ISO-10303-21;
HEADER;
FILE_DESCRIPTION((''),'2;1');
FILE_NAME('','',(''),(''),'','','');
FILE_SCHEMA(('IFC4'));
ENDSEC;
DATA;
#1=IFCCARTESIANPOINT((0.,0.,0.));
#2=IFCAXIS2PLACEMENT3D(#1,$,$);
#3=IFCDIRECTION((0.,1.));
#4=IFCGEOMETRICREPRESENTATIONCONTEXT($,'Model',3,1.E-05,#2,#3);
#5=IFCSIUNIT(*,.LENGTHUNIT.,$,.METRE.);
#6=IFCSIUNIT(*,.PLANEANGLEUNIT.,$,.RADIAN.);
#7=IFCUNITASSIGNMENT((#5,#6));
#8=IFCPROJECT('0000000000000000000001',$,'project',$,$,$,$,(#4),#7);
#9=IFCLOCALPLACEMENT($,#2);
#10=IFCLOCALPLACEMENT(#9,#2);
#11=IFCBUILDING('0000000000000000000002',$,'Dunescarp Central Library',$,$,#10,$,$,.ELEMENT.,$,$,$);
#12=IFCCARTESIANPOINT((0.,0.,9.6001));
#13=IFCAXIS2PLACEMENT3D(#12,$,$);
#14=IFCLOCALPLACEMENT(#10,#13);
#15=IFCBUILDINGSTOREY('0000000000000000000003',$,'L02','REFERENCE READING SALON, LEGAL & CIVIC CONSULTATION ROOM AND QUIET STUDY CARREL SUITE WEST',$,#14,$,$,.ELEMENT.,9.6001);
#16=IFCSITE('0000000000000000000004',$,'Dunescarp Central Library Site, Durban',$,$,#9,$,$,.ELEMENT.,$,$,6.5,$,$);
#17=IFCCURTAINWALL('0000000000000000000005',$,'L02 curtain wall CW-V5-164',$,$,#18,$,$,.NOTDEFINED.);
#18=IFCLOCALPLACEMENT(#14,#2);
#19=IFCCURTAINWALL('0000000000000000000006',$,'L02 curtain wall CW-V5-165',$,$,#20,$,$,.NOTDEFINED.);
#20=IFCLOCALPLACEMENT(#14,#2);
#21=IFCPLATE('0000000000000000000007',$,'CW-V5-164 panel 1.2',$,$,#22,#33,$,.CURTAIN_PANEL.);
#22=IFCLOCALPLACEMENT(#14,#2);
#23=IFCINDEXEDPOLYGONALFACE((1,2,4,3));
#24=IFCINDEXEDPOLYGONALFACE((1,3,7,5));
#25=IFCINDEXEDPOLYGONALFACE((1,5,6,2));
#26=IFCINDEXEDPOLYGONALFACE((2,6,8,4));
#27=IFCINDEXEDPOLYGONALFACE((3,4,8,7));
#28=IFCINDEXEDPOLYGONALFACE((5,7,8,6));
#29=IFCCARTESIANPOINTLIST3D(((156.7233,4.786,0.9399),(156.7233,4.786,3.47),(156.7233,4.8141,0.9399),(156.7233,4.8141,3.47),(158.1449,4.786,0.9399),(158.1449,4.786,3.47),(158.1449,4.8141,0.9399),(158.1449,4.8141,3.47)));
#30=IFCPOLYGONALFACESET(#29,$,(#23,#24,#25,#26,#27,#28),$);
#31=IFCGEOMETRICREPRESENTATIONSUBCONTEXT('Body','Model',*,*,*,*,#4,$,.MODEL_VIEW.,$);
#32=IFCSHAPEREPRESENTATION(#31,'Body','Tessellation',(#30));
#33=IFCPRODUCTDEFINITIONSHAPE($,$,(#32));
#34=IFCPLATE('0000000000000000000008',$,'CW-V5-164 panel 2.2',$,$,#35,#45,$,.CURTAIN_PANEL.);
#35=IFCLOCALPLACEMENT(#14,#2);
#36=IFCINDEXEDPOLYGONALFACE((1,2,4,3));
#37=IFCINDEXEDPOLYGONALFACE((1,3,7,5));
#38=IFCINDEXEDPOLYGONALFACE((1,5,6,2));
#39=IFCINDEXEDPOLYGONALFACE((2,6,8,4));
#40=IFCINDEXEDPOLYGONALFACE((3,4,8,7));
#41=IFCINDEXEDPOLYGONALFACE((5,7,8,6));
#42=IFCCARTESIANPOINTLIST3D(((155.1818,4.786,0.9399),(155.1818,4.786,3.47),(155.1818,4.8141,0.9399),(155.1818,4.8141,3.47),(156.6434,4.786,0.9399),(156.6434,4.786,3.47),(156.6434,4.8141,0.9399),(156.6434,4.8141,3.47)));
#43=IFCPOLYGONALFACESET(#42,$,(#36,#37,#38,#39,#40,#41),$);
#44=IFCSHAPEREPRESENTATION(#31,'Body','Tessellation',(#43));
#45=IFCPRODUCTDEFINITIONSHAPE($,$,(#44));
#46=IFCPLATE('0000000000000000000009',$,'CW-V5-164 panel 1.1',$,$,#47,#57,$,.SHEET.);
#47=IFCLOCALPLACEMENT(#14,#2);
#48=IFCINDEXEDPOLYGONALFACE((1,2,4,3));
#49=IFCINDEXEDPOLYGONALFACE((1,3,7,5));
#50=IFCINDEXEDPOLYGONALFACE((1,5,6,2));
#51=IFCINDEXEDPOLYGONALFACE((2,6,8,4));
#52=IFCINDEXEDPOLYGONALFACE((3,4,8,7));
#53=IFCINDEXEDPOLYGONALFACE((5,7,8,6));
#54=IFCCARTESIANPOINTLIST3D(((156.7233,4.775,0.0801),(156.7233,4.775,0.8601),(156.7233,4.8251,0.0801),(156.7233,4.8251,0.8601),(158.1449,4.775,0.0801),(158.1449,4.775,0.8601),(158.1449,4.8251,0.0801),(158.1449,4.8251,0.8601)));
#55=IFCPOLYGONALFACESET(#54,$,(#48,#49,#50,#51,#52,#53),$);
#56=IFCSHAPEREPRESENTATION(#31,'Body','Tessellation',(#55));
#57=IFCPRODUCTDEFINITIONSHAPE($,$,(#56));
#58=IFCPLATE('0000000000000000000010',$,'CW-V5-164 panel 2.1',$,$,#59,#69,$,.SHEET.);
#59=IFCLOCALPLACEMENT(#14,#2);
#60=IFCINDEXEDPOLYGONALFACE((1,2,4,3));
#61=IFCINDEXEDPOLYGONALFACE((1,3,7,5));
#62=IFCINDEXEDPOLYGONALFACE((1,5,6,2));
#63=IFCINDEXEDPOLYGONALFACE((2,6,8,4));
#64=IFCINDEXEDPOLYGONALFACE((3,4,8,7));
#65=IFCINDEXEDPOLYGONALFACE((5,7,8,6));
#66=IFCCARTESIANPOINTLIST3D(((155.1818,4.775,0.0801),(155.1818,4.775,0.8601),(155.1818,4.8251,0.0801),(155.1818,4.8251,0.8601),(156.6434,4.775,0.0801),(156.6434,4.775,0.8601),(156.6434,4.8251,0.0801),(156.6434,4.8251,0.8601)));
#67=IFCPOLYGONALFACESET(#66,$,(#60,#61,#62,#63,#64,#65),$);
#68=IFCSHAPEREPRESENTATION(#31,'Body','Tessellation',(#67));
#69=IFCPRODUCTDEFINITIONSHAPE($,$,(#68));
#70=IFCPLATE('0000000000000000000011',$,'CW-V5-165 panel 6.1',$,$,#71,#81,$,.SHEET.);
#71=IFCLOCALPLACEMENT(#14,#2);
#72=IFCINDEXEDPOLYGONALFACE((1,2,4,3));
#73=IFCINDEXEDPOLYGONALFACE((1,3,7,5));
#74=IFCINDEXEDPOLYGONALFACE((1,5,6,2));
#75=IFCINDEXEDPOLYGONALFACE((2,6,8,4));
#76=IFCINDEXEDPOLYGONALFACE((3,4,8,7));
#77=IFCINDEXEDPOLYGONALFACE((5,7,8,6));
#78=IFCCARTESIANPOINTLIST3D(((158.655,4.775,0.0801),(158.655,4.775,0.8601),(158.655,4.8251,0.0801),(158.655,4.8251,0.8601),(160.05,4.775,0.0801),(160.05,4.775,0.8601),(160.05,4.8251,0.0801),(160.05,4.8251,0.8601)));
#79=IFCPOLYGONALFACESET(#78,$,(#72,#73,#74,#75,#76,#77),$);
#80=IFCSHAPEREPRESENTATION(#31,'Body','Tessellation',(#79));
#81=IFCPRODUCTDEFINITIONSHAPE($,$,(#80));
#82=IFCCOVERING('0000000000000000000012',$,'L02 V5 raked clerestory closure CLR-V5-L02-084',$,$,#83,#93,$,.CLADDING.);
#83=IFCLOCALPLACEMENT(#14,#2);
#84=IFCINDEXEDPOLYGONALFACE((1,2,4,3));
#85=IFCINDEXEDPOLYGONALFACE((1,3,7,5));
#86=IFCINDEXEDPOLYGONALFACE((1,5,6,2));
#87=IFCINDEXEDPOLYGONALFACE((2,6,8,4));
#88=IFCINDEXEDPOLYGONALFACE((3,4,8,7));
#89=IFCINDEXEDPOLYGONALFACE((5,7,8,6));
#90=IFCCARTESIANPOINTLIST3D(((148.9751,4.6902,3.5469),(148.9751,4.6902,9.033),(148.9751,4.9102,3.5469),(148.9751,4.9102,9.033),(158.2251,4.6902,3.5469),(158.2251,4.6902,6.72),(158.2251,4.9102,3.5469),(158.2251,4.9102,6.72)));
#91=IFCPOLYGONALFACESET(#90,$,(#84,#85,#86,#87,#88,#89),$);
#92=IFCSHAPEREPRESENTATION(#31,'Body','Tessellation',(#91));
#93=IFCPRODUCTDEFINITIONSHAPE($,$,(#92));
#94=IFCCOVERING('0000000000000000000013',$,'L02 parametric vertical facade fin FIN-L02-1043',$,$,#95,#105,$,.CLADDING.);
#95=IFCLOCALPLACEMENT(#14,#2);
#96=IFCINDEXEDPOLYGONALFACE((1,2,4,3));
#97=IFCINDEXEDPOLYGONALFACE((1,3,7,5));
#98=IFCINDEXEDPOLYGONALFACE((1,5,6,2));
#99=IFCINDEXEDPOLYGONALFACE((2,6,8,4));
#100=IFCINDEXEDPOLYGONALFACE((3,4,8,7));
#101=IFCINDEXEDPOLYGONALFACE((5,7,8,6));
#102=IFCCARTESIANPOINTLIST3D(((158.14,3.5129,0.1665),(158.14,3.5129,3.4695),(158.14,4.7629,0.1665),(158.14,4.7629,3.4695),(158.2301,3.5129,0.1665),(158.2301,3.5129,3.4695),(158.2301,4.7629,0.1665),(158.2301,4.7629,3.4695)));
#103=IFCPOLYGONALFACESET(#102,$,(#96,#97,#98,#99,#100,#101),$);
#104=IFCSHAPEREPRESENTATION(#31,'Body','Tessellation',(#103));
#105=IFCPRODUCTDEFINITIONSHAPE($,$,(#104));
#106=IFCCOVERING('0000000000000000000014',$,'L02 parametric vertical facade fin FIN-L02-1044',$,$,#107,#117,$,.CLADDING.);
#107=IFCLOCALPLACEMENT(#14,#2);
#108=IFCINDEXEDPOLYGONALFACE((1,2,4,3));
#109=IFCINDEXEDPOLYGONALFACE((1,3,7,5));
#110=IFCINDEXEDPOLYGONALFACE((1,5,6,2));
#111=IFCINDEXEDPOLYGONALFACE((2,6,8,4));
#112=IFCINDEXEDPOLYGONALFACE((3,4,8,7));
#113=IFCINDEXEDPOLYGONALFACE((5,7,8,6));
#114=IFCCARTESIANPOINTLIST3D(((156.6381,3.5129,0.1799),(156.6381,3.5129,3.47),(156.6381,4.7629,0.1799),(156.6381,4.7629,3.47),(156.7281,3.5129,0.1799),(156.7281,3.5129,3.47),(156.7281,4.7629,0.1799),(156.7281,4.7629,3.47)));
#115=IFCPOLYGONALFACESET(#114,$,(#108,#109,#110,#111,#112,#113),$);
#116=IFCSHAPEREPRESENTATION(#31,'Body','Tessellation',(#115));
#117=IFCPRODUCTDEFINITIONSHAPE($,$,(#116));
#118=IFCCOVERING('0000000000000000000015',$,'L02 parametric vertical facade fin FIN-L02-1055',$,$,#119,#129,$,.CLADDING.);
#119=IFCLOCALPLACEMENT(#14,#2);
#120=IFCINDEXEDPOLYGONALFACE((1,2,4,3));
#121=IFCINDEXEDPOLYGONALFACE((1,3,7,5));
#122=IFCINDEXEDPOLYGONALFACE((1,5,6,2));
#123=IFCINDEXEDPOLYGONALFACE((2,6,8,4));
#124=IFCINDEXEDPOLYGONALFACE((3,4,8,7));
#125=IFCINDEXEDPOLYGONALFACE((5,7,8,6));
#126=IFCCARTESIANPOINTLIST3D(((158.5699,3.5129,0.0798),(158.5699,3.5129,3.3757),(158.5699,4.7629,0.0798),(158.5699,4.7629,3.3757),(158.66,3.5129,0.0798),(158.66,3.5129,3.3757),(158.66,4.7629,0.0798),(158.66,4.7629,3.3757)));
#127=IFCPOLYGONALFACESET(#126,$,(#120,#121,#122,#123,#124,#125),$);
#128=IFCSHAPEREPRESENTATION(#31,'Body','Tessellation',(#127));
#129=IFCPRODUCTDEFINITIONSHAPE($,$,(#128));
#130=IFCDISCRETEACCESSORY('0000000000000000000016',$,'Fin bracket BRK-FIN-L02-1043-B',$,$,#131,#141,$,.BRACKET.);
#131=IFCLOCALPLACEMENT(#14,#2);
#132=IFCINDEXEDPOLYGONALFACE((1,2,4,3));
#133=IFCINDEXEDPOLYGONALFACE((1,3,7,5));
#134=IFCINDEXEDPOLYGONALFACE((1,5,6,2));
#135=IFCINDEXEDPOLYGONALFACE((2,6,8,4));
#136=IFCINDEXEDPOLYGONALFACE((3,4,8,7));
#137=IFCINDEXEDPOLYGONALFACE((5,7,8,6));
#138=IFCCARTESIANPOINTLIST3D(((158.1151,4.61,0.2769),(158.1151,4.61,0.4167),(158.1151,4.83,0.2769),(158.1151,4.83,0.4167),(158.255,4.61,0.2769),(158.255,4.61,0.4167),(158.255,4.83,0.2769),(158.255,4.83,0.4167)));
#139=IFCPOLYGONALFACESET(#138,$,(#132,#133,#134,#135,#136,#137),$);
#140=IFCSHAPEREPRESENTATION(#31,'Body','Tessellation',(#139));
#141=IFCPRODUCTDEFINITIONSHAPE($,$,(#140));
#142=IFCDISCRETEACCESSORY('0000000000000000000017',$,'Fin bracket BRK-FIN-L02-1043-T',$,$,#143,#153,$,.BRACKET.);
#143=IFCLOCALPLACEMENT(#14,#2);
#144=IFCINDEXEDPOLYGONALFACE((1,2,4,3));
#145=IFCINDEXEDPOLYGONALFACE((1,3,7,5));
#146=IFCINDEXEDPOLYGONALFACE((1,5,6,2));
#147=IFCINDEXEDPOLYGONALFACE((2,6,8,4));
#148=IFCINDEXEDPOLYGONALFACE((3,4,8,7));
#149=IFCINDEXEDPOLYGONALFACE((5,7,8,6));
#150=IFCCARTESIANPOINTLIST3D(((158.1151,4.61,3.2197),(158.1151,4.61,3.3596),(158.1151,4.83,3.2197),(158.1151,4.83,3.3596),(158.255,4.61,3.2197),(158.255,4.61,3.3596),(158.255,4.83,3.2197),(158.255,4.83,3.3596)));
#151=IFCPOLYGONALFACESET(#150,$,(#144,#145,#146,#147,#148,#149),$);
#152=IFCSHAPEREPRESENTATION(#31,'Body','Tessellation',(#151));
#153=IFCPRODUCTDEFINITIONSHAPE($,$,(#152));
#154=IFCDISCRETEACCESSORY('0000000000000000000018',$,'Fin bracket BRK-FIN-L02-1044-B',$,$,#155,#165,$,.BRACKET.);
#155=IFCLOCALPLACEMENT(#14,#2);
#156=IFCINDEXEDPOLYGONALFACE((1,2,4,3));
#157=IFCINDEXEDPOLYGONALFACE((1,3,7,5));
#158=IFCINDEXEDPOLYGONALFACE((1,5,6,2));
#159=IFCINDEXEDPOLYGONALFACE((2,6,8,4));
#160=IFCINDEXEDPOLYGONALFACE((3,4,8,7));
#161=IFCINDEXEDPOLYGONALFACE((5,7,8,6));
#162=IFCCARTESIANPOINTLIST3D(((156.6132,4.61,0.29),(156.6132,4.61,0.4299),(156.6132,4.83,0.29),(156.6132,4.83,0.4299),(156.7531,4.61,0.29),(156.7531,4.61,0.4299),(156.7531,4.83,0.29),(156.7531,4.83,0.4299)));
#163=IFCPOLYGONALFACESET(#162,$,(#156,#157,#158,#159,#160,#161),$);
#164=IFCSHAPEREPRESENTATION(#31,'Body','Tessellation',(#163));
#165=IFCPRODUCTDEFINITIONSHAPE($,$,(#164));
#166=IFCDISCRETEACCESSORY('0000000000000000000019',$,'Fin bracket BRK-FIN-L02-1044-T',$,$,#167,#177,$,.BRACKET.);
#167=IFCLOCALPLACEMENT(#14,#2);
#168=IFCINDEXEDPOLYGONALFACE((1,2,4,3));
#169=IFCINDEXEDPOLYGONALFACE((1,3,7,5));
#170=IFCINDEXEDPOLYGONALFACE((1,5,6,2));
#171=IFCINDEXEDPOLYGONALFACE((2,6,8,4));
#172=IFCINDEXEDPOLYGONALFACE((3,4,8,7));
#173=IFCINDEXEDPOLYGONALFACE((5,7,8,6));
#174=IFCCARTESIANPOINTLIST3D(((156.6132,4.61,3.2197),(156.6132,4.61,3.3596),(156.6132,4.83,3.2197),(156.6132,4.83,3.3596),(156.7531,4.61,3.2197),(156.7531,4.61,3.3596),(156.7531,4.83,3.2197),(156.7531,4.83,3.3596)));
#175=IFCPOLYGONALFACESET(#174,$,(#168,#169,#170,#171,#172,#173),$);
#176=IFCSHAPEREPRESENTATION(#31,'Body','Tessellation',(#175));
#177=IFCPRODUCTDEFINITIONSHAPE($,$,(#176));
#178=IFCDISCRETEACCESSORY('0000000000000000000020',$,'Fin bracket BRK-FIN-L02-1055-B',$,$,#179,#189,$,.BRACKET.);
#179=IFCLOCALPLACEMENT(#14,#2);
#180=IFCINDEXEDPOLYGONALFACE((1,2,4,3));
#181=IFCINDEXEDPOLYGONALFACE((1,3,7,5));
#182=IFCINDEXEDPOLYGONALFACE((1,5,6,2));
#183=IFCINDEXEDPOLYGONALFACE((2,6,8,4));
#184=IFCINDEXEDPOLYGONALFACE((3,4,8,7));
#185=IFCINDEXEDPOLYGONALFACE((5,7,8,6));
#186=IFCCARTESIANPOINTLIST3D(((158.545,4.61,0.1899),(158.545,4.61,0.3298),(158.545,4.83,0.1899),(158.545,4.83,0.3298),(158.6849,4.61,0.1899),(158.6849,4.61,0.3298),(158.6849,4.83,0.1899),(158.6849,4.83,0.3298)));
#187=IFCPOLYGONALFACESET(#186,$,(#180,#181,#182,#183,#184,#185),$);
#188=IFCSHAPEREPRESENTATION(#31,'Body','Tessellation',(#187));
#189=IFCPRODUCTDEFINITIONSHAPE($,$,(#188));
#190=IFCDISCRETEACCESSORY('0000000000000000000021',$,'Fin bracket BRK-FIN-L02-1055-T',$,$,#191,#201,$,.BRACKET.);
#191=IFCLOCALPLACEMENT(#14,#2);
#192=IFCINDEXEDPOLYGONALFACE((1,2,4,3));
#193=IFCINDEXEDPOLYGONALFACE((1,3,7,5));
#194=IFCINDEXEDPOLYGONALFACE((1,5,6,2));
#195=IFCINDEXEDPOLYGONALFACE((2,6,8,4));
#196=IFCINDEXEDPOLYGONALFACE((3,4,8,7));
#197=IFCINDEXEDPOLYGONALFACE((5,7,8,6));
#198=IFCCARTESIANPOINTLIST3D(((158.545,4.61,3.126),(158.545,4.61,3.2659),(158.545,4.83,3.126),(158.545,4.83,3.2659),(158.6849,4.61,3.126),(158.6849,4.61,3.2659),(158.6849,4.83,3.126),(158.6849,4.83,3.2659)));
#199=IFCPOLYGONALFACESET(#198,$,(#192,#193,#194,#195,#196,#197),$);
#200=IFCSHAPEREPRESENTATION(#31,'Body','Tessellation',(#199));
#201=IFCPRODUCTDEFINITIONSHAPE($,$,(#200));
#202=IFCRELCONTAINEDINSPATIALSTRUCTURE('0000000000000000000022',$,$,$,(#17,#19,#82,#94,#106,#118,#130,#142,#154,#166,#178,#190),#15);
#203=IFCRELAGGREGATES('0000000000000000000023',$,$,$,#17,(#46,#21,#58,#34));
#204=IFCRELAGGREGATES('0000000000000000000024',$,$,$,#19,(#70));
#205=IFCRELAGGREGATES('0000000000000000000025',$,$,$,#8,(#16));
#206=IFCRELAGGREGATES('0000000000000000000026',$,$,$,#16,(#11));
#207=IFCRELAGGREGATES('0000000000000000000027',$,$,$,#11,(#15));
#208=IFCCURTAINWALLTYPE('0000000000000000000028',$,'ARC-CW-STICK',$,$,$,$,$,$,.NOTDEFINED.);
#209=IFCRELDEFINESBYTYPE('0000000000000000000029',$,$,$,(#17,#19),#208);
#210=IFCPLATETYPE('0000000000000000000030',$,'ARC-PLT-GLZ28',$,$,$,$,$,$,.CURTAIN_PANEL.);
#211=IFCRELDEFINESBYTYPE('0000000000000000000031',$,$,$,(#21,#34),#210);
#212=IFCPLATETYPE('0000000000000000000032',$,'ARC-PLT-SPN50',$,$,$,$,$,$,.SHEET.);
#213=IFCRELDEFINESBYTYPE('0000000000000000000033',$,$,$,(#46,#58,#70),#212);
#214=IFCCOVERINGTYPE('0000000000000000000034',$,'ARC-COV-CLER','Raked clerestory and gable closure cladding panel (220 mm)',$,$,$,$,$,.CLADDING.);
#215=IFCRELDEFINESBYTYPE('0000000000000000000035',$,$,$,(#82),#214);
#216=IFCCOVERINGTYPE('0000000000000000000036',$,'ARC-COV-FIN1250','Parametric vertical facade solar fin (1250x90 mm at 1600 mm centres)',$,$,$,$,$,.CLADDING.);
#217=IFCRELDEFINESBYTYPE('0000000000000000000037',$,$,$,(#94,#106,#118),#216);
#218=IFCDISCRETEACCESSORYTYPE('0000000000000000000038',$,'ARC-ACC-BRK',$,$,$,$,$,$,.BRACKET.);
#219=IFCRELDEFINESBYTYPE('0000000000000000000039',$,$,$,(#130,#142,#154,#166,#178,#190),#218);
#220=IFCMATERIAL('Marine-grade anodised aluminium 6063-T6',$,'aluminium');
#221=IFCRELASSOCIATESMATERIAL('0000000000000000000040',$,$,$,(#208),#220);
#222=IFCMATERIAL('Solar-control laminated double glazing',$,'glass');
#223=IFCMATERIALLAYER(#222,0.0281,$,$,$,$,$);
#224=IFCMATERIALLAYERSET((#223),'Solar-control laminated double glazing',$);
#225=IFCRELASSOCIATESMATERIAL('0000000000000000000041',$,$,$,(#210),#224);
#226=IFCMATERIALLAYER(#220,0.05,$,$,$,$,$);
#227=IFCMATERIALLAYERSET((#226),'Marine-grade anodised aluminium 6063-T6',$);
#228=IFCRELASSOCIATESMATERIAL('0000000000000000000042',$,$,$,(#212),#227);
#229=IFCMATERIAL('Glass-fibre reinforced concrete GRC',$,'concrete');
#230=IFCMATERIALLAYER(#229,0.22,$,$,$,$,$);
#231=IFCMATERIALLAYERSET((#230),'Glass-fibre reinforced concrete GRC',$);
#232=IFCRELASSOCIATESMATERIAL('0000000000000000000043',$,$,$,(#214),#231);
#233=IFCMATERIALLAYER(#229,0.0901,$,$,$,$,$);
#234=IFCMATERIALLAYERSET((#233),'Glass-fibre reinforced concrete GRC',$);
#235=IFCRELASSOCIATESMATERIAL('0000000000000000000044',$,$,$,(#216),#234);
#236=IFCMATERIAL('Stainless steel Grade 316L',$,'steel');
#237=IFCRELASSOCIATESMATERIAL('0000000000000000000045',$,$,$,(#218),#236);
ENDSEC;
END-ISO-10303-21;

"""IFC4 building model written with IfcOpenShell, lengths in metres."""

from ifc_helpers import new_model, si_unit, direction, frame, origin, origin_2d, place, context, subcontext, project, spatial, polyline, rectangle, outline, extrude, material, layer, layer_set, type_object, element, aggregate, save


model = new_model("IFC4")

# Units and contexts
model_context = context("Model", 3, precision=1e-05, world=origin(), true_north=direction((0.0, 1.0)))
body_context = subcontext(model_context, "Body", "Model", "MODEL_VIEW")
ifc_project = project(units=[si_unit("LENGTHUNIT", "METRE"), si_unit("PLANEANGLEUNIT", "RADIAN")], contexts=[model_context])

# Site, building, storey
site_placement = place(None, origin())
site = spatial("IfcSite", under=ifc_project, at=site_placement, Name="Dunescarp Central Library Site, Durban", CompositionType="ELEMENT", RefElevation=6.5)
building_placement = place(site_placement, origin())
building = spatial("IfcBuilding", under=site, at=building_placement, Name="Dunescarp Central Library", CompositionType="ELEMENT")
storey_placement = place(building_placement, frame((0.0, 0.0, 9.6001)))
storey = spatial("IfcBuildingStorey", under=building, at=storey_placement, Name="L02", Description="REFERENCE READING SALON, LEGAL & CIVIC CONSULTATION ROOM AND QUIET STUDY CARREL SUITE WEST", CompositionType="ELEMENT", Elevation=9.6001)

# Curtain wall
ifc_material_1 = material(Name="Marine-grade anodised aluminium 6063-T6", Category="aluminium")
curtain_wall_type = type_object("IfcCurtainWallType", Name="ARC-CW-STICK", PredefinedType="NOTDEFINED", material=ifc_material_1)
curtain_wall_1_placement = place(storey_placement, origin())
curtain_wall_1 = element("IfcCurtainWall", 1, at=curtain_wall_1_placement, inside=storey, type_object=curtain_wall_type, Name="L02 curtain wall CW-V5-164", PredefinedType="NOTDEFINED")

# Curtain wall
curtain_wall_2_placement = place(storey_placement, origin())
curtain_wall_2 = element("IfcCurtainWall", 2, at=curtain_wall_2_placement, inside=storey, type_object=curtain_wall_type, Name="L02 curtain wall CW-V5-165", PredefinedType="NOTDEFINED")

# Plates
ifc_material_2 = material(Name="Solar-control laminated double glazing", Category="glass")
ifc_layer_1 = layer(ifc_material_2, 0.0281)
ifc_layer_set_1 = layer_set([ifc_layer_1], Name="Solar-control laminated double glazing")
plate_type_1 = type_object("IfcPlateType", Name="ARC-PLT-GLZ28", PredefinedType="CURTAIN_PANEL", material=ifc_layer_set_1)
plate_1_placement = place(storey_placement, frame((157.4341, 4.8, 0.9399), z_axis=(0.0, 0.0, 1.0), x_axis=(-1.0, 0.0, 0.0)))
plate_1 = element("IfcPlate", 3, at=plate_1_placement, type_object=plate_type_1, Name="CW-V5-164 panel 1.2", PredefinedType="CURTAIN_PANEL", context=body_context, shape_type="SweptSolid", body=[
    extrude(rectangle(XDim=1.4216, YDim=0.0281, at=origin_2d()), origin(), (0.0, 0.0, 1.0), 2.53),
])
plate_2_placement = place(storey_placement, frame((155.9126, 4.8, 0.9399), z_axis=(0.0, 0.0, 1.0), x_axis=(-1.0, 0.0, 0.0)))
plate_2 = element("IfcPlate", 4, at=plate_2_placement, type_object=plate_type_1, Name="CW-V5-164 panel 2.2", PredefinedType="CURTAIN_PANEL", context=body_context, shape_type="SweptSolid", body=[
    extrude(rectangle(XDim=1.4617, YDim=0.0281, at=origin_2d()), origin(), (0.0, 0.0, 1.0), 2.53),
])
ifc_layer_2 = layer(ifc_material_1, 0.05)
ifc_layer_set_2 = layer_set([ifc_layer_2], Name="Marine-grade anodised aluminium 6063-T6")
plate_type_2 = type_object("IfcPlateType", Name="ARC-PLT-SPN50", PredefinedType="SHEET", material=ifc_layer_set_2)
plate_3_placement = place(storey_placement, frame((157.4341, 4.8, 0.0801), z_axis=(0.0, 0.0, 1.0), x_axis=(-1.0, 0.0, 0.0)))
plate_3 = element("IfcPlate", 5, at=plate_3_placement, type_object=plate_type_2, Name="CW-V5-164 panel 1.1", PredefinedType="SHEET", context=body_context, shape_type="SweptSolid", body=[
    extrude(rectangle(XDim=1.4216, YDim=0.05, at=origin_2d()), origin(), (0.0, 0.0, 1.0), 0.78),
])
plate_4_placement = place(storey_placement, frame((155.9126, 4.8, 0.0801), z_axis=(0.0, 0.0, 1.0), x_axis=(-1.0, 0.0, 0.0)))
plate_4 = element("IfcPlate", 6, at=plate_4_placement, type_object=plate_type_2, Name="CW-V5-164 panel 2.1", PredefinedType="SHEET", context=body_context, shape_type="SweptSolid", body=[
    extrude(rectangle(XDim=1.4617, YDim=0.05, at=origin_2d()), origin(), (0.0, 0.0, 1.0), 0.78),
])
aggregate(curtain_wall_1, [plate_3, plate_1, plate_4, plate_2])
plate_5_placement = place(storey_placement, frame((159.3525, 4.8, 0.0801), z_axis=(0.0, 0.0, 1.0), x_axis=(-1.0, 0.0, 0.0)))
plate_5 = element("IfcPlate", 7, at=plate_5_placement, type_object=plate_type_2, Name="CW-V5-165 panel 6.1", PredefinedType="SHEET", context=body_context, shape_type="SweptSolid", body=[
    extrude(rectangle(XDim=1.395, YDim=0.05, at=origin_2d()), origin(), (0.0, 0.0, 1.0), 0.78),
])
aggregate(curtain_wall_2, [plate_5])

# Coverings
ifc_material_3 = material(Name="Glass-fibre reinforced concrete GRC", Category="concrete")
ifc_layer_3 = layer(ifc_material_3, 0.22)
ifc_layer_set_3 = layer_set([ifc_layer_3], Name="Glass-fibre reinforced concrete GRC")
covering_type_1 = type_object("IfcCoveringType", Name="ARC-COV-CLER", Description="Raked clerestory and gable closure cladding panel (220 mm)", PredefinedType="CLADDING", material=ifc_layer_set_3)
covering_1_placement = place(storey_placement, frame((158.2251, 4.8, 3.5469), z_axis=(0.0, 0.0, 1.0), x_axis=(-1.0, 0.0, 0.0)))
element("IfcCovering", 8, at=covering_1_placement, inside=storey, type_object=covering_type_1, Name="L02 V5 raked clerestory closure CLR-V5-L02-084", PredefinedType="CLADDING", context=body_context, shape_type="SweptSolid", body=[
    extrude(outline(polyline([(0.0, 0.0), (9.25, 0.0), (9.25, 5.4861), (0.0, 3.1731), (0.0, 0.0)])), frame((0.0, 0.1099, 0.0), z_axis=(0.0, -1.0, 0.0), x_axis=(1.0, 0.0, 0.0)), (0.0, 0.0, 1.0), 0.22),
])
ifc_layer_4 = layer(ifc_material_3, 0.0901)
ifc_layer_set_4 = layer_set([ifc_layer_4], Name="Glass-fibre reinforced concrete GRC")
covering_type_2 = type_object("IfcCoveringType", Name="ARC-COV-FIN1250", Description="Parametric vertical facade solar fin (1250x90 mm at 1600 mm centres)", PredefinedType="CLADDING", material=ifc_layer_set_4)
covering_2_placement = place(storey_placement, frame((158.1851, 4.1379, 0.1665), z_axis=(0.0, 0.0, 1.0), x_axis=(0.0, -1.0, 0.0)))
element("IfcCovering", 9, at=covering_2_placement, inside=storey, type_object=covering_type_2, Name="L02 parametric vertical facade fin FIN-L02-1043", PredefinedType="CLADDING", context=body_context, shape_type="SweptSolid", body=[
    extrude(rectangle(XDim=1.25, YDim=0.0901, at=origin_2d()), origin(), (0.0, 0.0, 1.0), 3.303),
])
covering_3_placement = place(storey_placement, frame((156.6831, 4.1379, 0.1799), z_axis=(0.0, 0.0, 1.0), x_axis=(0.0, -1.0, 0.0)))
element("IfcCovering", 10, at=covering_3_placement, inside=storey, type_object=covering_type_2, Name="L02 parametric vertical facade fin FIN-L02-1044", PredefinedType="CLADDING", context=body_context, shape_type="SweptSolid", body=[
    extrude(rectangle(XDim=1.25, YDim=0.0901, at=origin_2d()), origin(), (0.0, 0.0, 1.0), 3.29),
])
covering_4_placement = place(storey_placement, frame((158.615, 4.1379, 0.0798), z_axis=(0.0, 0.0, 1.0), x_axis=(0.0, -1.0, 0.0)))
element("IfcCovering", 11, at=covering_4_placement, inside=storey, type_object=covering_type_2, Name="L02 parametric vertical facade fin FIN-L02-1055", PredefinedType="CLADDING", context=body_context, shape_type="SweptSolid", body=[
    extrude(rectangle(XDim=1.25, YDim=0.0901, at=origin_2d()), origin(), (0.0, 0.0, 1.0), 3.2959),
])

# Discrete accessories
ifc_material_4 = material(Name="Stainless steel Grade 316L", Category="steel")
discrete_accessory_type = type_object("IfcDiscreteAccessoryType", Name="ARC-ACC-BRK", PredefinedType="BRACKET", material=ifc_material_4)
for number, where, z_axis, x_axis, name in (
    (12, (158.1851, 4.72, 0.2769), (0.0, 0.0, 1.0), (0.0, -1.0, 0.0), "Fin bracket BRK-FIN-L02-1043-B"),
    (13, (158.1851, 4.72, 3.2197), (0.0, 0.0, 1.0), (0.0, -1.0, 0.0), "Fin bracket BRK-FIN-L02-1043-T"),
    (14, (156.6831, 4.72, 0.29), (0.0, 0.0, 1.0), (0.0, -1.0, 0.0), "Fin bracket BRK-FIN-L02-1044-B"),
    (15, (156.6831, 4.72, 3.2197), (0.0, 0.0, 1.0), (0.0, -1.0, 0.0), "Fin bracket BRK-FIN-L02-1044-T"),
    (16, (158.615, 4.72, 0.1899), (0.0, 0.0, 1.0), (0.0, -1.0, 0.0), "Fin bracket BRK-FIN-L02-1055-B"),
    (17, (158.615, 4.72, 3.126), (0.0, 0.0, 1.0), (0.0, -1.0, 0.0), "Fin bracket BRK-FIN-L02-1055-T"),
):
    element("IfcDiscreteAccessory", number, at=place(storey_placement, frame(where, z_axis=z_axis, x_axis=x_axis)), inside=storey, type_object=discrete_accessory_type, Name=name, PredefinedType="BRACKET", context=body_context, shape_type="SweptSolid", body=[
        extrude(rectangle(XDim=0.22, YDim=0.1399, at=origin_2d()), origin(), (0.0, 0.0, 1.0), 0.1399),
    ])

save(model, "model.ifc")
